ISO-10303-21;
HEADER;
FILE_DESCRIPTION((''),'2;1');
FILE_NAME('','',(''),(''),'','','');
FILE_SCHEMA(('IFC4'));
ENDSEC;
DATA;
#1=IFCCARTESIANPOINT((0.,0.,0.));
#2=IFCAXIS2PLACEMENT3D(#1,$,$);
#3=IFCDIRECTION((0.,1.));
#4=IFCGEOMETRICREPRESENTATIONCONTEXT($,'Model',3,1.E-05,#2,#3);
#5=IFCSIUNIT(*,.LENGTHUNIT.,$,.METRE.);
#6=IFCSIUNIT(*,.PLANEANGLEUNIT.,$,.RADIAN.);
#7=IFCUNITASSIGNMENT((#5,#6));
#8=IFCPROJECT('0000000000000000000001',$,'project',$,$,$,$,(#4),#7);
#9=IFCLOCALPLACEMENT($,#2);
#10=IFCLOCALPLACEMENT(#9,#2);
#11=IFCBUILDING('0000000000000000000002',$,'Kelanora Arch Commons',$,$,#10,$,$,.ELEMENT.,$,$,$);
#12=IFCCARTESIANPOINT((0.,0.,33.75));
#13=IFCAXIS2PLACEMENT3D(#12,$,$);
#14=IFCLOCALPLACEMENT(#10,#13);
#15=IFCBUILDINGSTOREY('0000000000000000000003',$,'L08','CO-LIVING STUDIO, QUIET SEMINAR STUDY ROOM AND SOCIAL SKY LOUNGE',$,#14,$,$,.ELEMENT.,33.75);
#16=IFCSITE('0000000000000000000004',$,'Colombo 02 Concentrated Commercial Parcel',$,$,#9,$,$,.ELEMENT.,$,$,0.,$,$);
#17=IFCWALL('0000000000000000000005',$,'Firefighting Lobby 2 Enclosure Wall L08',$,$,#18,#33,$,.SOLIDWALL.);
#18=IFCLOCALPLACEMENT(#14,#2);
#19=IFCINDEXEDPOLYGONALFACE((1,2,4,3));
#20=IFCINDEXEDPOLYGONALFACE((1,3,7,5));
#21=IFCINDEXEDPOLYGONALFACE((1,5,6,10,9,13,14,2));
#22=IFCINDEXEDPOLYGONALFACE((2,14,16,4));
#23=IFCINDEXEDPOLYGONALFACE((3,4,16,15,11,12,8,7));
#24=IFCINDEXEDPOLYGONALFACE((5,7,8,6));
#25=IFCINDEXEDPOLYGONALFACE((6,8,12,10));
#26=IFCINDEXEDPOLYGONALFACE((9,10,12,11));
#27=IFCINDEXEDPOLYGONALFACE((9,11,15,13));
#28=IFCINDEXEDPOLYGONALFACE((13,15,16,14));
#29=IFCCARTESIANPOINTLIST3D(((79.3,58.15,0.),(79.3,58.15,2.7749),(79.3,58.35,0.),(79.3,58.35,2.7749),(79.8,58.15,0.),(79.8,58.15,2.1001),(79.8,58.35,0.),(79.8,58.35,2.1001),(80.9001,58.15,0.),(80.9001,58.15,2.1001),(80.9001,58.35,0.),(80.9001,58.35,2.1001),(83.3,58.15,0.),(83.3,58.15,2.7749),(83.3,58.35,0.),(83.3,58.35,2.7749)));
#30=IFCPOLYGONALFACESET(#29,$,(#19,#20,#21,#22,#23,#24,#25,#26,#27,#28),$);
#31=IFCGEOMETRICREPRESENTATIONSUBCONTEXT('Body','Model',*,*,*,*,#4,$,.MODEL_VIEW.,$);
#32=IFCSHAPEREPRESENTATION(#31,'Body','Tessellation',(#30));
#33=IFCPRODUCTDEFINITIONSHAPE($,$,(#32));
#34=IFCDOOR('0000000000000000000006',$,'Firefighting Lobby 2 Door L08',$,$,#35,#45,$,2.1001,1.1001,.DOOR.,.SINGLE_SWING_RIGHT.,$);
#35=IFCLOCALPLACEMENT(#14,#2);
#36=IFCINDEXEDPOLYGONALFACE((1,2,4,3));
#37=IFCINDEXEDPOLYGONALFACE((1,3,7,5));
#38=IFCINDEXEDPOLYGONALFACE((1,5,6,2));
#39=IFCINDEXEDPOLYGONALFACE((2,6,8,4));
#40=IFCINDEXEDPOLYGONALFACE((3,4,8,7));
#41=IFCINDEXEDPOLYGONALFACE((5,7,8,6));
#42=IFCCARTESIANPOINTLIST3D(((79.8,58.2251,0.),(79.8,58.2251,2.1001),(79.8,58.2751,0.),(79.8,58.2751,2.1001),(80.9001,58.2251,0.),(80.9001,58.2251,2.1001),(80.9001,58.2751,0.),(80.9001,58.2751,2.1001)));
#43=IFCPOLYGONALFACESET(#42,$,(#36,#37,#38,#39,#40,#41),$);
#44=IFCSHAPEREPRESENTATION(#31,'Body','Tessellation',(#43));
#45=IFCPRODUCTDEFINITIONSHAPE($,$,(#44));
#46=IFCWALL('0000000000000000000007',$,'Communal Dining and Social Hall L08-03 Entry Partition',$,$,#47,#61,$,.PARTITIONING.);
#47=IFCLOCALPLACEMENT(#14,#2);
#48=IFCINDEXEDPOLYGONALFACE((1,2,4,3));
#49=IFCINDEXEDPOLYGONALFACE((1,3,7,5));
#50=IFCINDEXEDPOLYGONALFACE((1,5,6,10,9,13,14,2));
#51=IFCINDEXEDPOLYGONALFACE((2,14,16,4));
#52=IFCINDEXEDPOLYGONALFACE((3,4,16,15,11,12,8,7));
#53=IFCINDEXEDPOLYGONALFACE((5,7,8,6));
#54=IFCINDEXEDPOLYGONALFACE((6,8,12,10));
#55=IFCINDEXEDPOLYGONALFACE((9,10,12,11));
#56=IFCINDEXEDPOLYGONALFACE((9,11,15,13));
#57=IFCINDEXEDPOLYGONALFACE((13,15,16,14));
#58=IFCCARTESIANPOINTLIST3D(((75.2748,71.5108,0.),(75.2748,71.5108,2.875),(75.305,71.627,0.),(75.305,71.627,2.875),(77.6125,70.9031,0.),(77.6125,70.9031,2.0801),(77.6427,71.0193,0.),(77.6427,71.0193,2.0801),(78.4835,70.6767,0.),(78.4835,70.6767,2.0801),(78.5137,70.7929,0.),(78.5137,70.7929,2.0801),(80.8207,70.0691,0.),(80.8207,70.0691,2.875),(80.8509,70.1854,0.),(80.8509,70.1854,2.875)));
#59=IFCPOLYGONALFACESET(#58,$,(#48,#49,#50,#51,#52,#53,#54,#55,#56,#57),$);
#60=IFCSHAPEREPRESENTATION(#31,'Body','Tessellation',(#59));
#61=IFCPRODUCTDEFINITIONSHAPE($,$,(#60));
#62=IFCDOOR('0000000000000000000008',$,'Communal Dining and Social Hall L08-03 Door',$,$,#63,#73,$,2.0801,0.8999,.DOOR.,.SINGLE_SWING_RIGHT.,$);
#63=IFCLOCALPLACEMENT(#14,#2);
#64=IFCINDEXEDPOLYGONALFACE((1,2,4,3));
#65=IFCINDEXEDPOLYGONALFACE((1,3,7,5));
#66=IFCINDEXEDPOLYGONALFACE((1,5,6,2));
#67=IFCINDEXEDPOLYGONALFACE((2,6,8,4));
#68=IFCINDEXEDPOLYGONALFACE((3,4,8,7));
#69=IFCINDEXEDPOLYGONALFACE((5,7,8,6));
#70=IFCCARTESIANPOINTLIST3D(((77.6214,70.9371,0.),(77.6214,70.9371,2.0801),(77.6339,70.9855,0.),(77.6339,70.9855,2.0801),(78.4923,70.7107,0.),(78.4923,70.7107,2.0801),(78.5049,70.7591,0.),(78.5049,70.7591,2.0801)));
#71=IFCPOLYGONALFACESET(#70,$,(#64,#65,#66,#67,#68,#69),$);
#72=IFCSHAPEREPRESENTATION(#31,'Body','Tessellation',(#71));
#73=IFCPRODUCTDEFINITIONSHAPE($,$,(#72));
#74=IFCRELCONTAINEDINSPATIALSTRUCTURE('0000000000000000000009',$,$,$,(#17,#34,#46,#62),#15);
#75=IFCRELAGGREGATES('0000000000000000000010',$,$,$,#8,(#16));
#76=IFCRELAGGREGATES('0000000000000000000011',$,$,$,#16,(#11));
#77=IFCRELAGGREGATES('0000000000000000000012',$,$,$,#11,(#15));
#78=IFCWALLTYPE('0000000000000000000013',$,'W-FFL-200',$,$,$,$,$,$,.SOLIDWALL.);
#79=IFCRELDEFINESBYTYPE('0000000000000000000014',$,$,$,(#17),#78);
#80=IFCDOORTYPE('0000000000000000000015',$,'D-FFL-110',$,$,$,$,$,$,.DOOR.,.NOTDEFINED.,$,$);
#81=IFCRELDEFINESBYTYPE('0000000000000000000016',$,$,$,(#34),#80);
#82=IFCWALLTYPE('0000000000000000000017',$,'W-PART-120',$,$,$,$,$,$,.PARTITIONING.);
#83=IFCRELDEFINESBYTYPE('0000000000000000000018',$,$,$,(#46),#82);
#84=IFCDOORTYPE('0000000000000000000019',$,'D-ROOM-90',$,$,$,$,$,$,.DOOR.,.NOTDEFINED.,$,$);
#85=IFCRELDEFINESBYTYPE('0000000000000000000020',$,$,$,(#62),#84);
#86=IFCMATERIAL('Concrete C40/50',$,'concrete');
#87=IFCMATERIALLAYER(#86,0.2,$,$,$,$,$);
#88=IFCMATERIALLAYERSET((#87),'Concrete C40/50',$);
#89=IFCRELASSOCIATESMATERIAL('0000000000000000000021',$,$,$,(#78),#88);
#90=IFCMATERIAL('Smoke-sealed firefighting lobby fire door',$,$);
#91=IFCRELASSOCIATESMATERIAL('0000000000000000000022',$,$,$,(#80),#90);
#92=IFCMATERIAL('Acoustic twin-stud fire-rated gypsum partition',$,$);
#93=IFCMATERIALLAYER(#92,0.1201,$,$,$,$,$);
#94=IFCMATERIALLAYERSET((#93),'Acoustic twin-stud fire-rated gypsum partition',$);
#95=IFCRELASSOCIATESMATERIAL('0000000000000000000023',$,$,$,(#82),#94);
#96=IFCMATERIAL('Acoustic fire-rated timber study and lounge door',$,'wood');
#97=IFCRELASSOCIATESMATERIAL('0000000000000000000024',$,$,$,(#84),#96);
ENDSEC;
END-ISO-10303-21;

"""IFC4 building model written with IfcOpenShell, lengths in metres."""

from ifc_helpers import new_model, si_unit, direction, frame, frame_2d, origin, place, context, subcontext, project, spatial, rectangle, extrude, material, layer, layer_set, type_object, element, fill, save


model = new_model("IFC4")

# Units and contexts
model_context = context("Model", 3, precision=1e-05, world=origin(), true_north=direction((0.0, 1.0)))
body_context = subcontext(model_context, "Body", "Model", "MODEL_VIEW")
ifc_project = project(units=[si_unit("LENGTHUNIT", "METRE"), si_unit("PLANEANGLEUNIT", "RADIAN")], contexts=[model_context])

# Site, building, storey
site_placement = place(None, origin())
site = spatial("IfcSite", under=ifc_project, at=site_placement, Name="Colombo 02 Concentrated Commercial Parcel", CompositionType="ELEMENT", RefElevation=0.0)
building_placement = place(site_placement, origin())
building = spatial("IfcBuilding", under=site, at=building_placement, Name="Kelanora Arch Commons", CompositionType="ELEMENT")
storey_placement = place(building_placement, frame((0.0, 0.0, 33.75)))
storey = spatial("IfcBuildingStorey", under=building, at=storey_placement, Name="L08", Description="CO-LIVING STUDIO, QUIET SEMINAR STUDY ROOM AND SOCIAL SKY LOUNGE", CompositionType="ELEMENT", Elevation=33.75)

# Walls, openings, doors
ifc_material_1 = material(Name="Concrete C40/50", Category="concrete")
ifc_layer_1 = layer(ifc_material_1, 0.2)
ifc_layer_set_1 = layer_set([ifc_layer_1], Name="Concrete C40/50")
wall_type_1 = type_object("IfcWallType", Name="W-FFL-200", PredefinedType="SOLIDWALL", material=ifc_layer_set_1)
ifc_material_2 = material(Name="Smoke-sealed firefighting lobby fire door")
door_type_1 = type_object("IfcDoorType", Name="D-FFL-110", OperationType="NOTDEFINED", PredefinedType="DOOR", material=ifc_material_2)
wall_1_placement = place(storey_placement, frame((79.3, 58.25, 0.0), z_axis=(0.0, 0.0, 1.0), x_axis=(1.0, 0.0, 0.0)))
wall_1 = element("IfcWall", 1, at=wall_1_placement, inside=storey, type_object=wall_type_1, Name="Firefighting Lobby 2 Enclosure Wall L08", PredefinedType="SOLIDWALL", context=body_context, shape_type="SweptSolid", body=[
    extrude(rectangle(XDim=4.0, YDim=0.2, at=frame_2d((2.0, 0.0))), origin(), (0.0, 0.0, 1.0), 2.7749),
])
opening_1_placement = place(wall_1_placement, frame((0.5, 0.0, 0.0)))
opening_1 = element("IfcOpeningElement", 2, at=opening_1_placement, cuts=wall_1, PredefinedType="OPENING", context=body_context, shape_type="SweptSolid", body=[
    extrude(rectangle(XDim=1.1001, YDim=2.1001, at=frame_2d((0.55, 1.05))), frame((0.0, 0.1099, 0.0), z_axis=(0.0, -1.0, 0.0), x_axis=(1.0, 0.0, 0.0)), (0.0, 0.0, 1.0), 0.22),
])
door_1_placement = place(opening_1_placement, frame((1.1001, 0.0, 0.0), z_axis=(0.0, 0.0, 1.0), x_axis=(-1.0, 0.0, 0.0)))
door_1 = element("IfcDoor", 3, at=door_1_placement, inside=storey, type_object=door_type_1, Name="Firefighting Lobby 2 Door L08", OperationType="SINGLE_SWING_RIGHT", OverallHeight=2.1001, OverallWidth=1.1001, PredefinedType="DOOR", context=body_context, shape_type="SweptSolid", body=[
    extrude(rectangle(XDim=1.1001, YDim=2.1001, at=frame_2d((0.55, 1.05))), frame((0.0, 0.0249, 0.0), z_axis=(0.0, -1.0, 0.0), x_axis=(1.0, 0.0, 0.0)), (0.0, 0.0, 1.0), 0.05),
])
fill(opening_1, door_1)
ifc_material_3 = material(Name="Acoustic twin-stud fire-rated gypsum partition")
ifc_layer_2 = layer(ifc_material_3, 0.1201)
ifc_layer_set_2 = layer_set([ifc_layer_2], Name="Acoustic twin-stud fire-rated gypsum partition")
wall_type_2 = type_object("IfcWallType", Name="W-PART-120", PredefinedType="PARTITIONING", material=ifc_layer_set_2)
wall_2_placement = place(storey_placement, frame((80.8359, 70.1272, 0.0), z_axis=(0.0, 0.0, 1.0), x_axis=(-0.967835, 0.251588, 0.0)))
wall_2 = element("IfcWall", 4, at=wall_2_placement, inside=storey, type_object=wall_type_2, Name="Communal Dining and Social Hall L08-03 Entry Partition", PredefinedType="PARTITIONING", context=body_context, shape_type="SweptSolid", body=[
    extrude(rectangle(XDim=5.7302, YDim=0.1201, at=frame_2d((2.8652, 0.0))), origin(), (0.0, 0.0, 1.0), 2.875),
])
opening_2_placement = place(wall_2_placement, frame((2.415, 0.0, 0.0)))
opening_2 = element("IfcOpeningElement", 5, at=opening_2_placement, cuts=wall_2, PredefinedType="OPENING", context=body_context, shape_type="SweptSolid", body=[
    extrude(rectangle(XDim=0.8999, YDim=2.0801, at=frame_2d((0.45, 1.04))), frame((0.0, 0.0701, 0.0), z_axis=(0.0, -1.0, 0.0), x_axis=(1.0, 0.0, 0.0)), (0.0, 0.0, 1.0), 0.1401),
])
ifc_material_4 = material(Name="Acoustic fire-rated timber study and lounge door", Category="wood")
door_type_2 = type_object("IfcDoorType", Name="D-ROOM-90", OperationType="NOTDEFINED", PredefinedType="DOOR", material=ifc_material_4)
door_2_placement = place(opening_2_placement, origin())
door_2 = element("IfcDoor", 6, at=door_2_placement, inside=storey, type_object=door_type_2, Name="Communal Dining and Social Hall L08-03 Door", OperationType="SINGLE_SWING_RIGHT", OverallHeight=2.0801, OverallWidth=0.8999, PredefinedType="DOOR", context=body_context, shape_type="SweptSolid", body=[
    extrude(rectangle(XDim=0.8999, YDim=2.0801, at=frame_2d((0.45, 1.04))), frame((0.0, 0.0249, 0.0), z_axis=(0.0, -1.0, 0.0), x_axis=(1.0, 0.0, 0.0)), (0.0, 0.0, 1.0), 0.05),
])
fill(opening_2, door_2)

save(model, "model.ifc")
